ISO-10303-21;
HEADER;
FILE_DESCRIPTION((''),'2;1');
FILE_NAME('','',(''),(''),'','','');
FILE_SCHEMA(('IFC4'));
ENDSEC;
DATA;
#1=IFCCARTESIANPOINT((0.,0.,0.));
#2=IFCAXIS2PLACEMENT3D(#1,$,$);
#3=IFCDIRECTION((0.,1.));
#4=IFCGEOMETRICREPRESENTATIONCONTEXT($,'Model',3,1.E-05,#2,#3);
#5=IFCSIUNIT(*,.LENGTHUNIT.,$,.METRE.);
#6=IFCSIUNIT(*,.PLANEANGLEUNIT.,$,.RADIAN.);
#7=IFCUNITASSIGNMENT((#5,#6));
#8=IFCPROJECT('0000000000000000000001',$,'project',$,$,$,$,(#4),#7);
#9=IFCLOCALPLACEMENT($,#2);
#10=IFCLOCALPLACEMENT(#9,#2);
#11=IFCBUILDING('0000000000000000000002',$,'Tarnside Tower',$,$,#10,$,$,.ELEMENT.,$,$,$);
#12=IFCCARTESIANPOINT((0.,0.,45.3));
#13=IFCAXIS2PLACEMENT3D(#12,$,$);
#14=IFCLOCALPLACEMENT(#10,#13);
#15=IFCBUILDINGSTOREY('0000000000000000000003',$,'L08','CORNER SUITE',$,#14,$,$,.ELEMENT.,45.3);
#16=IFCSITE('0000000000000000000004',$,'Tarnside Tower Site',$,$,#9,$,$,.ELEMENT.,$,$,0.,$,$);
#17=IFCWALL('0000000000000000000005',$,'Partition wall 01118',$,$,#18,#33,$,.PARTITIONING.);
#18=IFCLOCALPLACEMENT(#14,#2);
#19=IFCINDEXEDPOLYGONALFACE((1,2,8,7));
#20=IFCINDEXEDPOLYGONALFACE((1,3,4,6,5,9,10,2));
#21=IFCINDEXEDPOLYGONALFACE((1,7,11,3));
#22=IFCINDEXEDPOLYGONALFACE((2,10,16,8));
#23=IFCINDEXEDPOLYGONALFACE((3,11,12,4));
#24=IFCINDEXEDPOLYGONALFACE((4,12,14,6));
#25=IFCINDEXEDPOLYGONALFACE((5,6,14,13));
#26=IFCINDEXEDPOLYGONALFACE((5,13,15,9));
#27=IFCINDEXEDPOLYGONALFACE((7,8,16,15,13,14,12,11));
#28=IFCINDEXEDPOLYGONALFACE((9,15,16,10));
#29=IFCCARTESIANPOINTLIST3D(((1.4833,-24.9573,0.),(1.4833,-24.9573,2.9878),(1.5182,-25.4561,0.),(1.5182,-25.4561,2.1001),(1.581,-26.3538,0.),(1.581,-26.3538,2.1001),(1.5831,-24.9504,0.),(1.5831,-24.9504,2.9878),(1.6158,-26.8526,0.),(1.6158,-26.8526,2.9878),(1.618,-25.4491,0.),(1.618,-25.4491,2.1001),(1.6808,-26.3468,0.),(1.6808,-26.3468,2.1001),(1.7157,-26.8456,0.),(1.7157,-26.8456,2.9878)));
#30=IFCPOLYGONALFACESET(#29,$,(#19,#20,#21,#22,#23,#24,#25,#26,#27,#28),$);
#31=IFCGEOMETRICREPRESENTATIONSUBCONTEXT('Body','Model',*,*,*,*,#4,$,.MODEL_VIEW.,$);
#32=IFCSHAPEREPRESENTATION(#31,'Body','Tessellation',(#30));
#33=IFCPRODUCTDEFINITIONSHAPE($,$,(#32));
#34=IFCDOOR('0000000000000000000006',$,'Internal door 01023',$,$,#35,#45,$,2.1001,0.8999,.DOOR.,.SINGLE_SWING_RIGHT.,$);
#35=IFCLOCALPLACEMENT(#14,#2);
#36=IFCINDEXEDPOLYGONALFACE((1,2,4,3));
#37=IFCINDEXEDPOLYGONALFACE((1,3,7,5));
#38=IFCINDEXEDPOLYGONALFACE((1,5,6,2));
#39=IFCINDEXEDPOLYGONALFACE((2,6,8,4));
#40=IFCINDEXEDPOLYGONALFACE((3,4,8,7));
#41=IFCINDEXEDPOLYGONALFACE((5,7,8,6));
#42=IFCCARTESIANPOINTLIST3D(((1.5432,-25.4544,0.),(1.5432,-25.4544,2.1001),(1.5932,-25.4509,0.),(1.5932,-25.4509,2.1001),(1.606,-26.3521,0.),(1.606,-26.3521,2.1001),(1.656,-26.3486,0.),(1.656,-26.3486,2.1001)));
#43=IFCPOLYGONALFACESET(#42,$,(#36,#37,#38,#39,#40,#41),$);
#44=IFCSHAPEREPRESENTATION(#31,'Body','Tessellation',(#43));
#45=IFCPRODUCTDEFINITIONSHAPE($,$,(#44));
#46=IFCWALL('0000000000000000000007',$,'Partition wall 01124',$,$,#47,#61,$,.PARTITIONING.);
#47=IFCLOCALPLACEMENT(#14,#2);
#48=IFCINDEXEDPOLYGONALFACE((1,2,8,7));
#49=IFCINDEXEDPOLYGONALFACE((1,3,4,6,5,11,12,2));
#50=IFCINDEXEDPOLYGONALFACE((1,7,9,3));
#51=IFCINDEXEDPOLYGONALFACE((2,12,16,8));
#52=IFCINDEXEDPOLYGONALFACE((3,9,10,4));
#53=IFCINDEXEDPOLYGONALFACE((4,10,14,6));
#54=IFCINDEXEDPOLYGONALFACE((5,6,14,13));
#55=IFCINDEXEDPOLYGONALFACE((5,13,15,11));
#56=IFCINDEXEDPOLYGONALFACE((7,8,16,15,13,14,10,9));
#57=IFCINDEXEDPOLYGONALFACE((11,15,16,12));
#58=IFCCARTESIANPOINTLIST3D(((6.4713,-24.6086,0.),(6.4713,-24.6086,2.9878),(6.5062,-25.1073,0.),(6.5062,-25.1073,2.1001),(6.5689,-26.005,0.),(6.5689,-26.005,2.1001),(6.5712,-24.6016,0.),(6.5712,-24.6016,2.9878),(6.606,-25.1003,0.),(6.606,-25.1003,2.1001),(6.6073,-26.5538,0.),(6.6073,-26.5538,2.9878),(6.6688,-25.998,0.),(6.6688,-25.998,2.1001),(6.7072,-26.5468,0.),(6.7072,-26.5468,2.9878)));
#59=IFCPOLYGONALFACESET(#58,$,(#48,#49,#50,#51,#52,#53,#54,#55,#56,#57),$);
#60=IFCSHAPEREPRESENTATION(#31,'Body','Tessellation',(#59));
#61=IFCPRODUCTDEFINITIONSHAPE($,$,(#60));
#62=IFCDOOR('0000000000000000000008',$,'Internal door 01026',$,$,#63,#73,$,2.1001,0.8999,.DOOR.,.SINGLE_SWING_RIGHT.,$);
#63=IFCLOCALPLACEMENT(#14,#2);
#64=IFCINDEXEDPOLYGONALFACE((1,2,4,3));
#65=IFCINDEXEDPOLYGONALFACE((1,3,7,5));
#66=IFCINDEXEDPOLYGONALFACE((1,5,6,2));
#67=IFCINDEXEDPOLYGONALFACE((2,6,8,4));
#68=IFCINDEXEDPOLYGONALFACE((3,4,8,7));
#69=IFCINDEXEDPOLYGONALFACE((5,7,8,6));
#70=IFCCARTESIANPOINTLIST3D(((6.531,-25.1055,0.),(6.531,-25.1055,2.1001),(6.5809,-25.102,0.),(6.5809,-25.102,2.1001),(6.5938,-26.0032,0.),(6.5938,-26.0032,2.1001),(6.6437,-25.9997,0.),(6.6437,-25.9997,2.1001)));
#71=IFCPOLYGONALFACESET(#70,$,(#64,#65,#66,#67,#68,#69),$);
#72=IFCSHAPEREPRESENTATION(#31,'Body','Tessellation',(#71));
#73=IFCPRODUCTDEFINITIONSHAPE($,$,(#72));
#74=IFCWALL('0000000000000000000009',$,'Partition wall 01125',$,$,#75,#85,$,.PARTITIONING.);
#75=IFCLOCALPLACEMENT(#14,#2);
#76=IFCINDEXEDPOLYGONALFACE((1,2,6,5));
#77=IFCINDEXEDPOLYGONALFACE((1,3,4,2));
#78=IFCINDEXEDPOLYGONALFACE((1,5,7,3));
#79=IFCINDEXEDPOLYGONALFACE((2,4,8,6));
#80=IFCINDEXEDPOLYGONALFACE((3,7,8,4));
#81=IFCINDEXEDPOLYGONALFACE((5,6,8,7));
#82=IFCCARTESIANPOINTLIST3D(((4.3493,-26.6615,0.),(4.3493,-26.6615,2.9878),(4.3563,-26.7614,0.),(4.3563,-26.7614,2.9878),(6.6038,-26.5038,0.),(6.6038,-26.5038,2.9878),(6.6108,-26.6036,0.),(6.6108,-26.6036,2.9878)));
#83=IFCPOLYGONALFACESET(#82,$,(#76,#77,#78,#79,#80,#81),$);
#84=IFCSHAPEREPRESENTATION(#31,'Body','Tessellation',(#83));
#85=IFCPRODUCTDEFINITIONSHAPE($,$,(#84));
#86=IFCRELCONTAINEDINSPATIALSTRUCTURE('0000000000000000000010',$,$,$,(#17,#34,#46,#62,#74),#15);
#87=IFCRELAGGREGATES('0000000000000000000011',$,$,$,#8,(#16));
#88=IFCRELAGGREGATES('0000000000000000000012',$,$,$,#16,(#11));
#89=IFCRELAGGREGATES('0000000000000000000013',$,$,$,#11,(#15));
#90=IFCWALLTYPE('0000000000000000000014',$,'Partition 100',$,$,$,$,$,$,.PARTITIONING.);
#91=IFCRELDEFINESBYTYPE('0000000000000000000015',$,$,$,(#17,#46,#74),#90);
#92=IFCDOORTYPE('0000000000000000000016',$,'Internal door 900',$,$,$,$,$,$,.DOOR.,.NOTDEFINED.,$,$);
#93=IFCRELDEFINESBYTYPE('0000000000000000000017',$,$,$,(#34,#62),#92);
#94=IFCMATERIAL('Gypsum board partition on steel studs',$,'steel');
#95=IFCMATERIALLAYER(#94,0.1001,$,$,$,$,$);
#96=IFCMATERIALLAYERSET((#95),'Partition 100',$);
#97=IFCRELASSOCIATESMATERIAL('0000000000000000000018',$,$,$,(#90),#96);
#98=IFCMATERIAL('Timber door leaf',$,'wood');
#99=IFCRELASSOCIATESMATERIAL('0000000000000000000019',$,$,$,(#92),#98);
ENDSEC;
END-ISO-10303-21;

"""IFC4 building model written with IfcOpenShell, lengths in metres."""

from ifc_helpers import new_model, si_unit, direction, frame, frame_2d, origin, place, context, subcontext, project, spatial, rectangle, extrude, material, layer, layer_set, type_object, element, fill, save


model = new_model("IFC4")

# Units and contexts
model_context = context("Model", 3, precision=1e-05, world=origin(), true_north=direction((0.0, 1.0)))
body_context = subcontext(model_context, "Body", "Model", "MODEL_VIEW")
ifc_project = project(units=[si_unit("LENGTHUNIT", "METRE"), si_unit("PLANEANGLEUNIT", "RADIAN")], contexts=[model_context])

# Site, building, storey
site_placement = place(None, origin())
site = spatial("IfcSite", under=ifc_project, at=site_placement, Name="Tarnside Tower Site", CompositionType="ELEMENT", RefElevation=0.0)
building_placement = place(site_placement, origin())
building = spatial("IfcBuilding", under=site, at=building_placement, Name="Tarnside Tower", CompositionType="ELEMENT")
storey_placement = place(building_placement, frame((0.0, 0.0, 45.3)))
storey = spatial("IfcBuildingStorey", under=building, at=storey_placement, Name="L08", Description="CORNER SUITE", CompositionType="ELEMENT", Elevation=45.3)

# Shared definitions
ifc_material_1 = material(Name="Gypsum board partition on steel studs", Category="steel")
ifc_material_2 = material(Name="Timber door leaf", Category="wood")

# Shared definitions
ifc_layer_1 = layer(ifc_material_1, 0.1001)
ifc_layer_set_1 = layer_set([ifc_layer_1], Name="Partition 100")
wall_type_1 = type_object("IfcWallType", Name="Partition 100", PredefinedType="PARTITIONING", material=ifc_layer_set_1)

# Walls, openings, doors
wall_1_placement = place(storey_placement, frame((1.6658, -26.8491, 0.0), z_axis=(0.0, 0.0, 1.0), x_axis=(-0.069777, 0.997563, 0.0)))
wall_1 = element("IfcWall", 1, at=wall_1_placement, inside=storey, type_object=wall_type_1, Name="Partition wall 01118", PredefinedType="PARTITIONING", context=body_context, shape_type="SweptSolid", body=[
    extrude(rectangle(XDim=1.8999, YDim=0.1001, at=frame_2d((0.95, 0.0))), origin(), (0.0, 0.0, 1.0), 2.9878),
])
opening_1_placement = place(wall_1_placement, frame((0.5, 0.0, 0.0)))
opening_1 = element("IfcOpeningElement", 2, at=opening_1_placement, cuts=wall_1, PredefinedType="OPENING", context=body_context, shape_type="SweptSolid", body=[
    extrude(rectangle(XDim=0.8999, YDim=2.1001, at=frame_2d((0.45, 1.05))), frame((0.0, 0.0601, 0.0), z_axis=(0.0, -1.0, 0.0), x_axis=(1.0, 0.0, 0.0)), (0.0, 0.0, 1.0), 0.1201),
])
door_type_1 = type_object("IfcDoorType", Name="Internal door 900", OperationType="NOTDEFINED", PredefinedType="DOOR", material=ifc_material_2)
door_1_placement = place(opening_1_placement, origin())
door_1 = element("IfcDoor", 3, at=door_1_placement, inside=storey, type_object=door_type_1, Name="Internal door 01023", OperationType="SINGLE_SWING_RIGHT", OverallHeight=2.1001, OverallWidth=0.8999, PredefinedType="DOOR", context=body_context, shape_type="SweptSolid", body=[
    extrude(rectangle(XDim=0.8999, YDim=2.1001, at=frame_2d((0.45, 1.05))), frame((0.0, 0.0249, 0.0), z_axis=(0.0, -1.0, 0.0), x_axis=(1.0, 0.0, 0.0)), (0.0, 0.0, 1.0), 0.05),
])
fill(opening_1, door_1)
wall_2_placement = place(storey_placement, frame((6.5212, -24.605, 0.0), z_axis=(0.0, 0.0, 1.0), x_axis=(0.069734, -0.997566, 0.0)))
wall_2 = element("IfcWall", 4, at=wall_2_placement, inside=storey, type_object=wall_type_1, Name="Partition wall 01124", PredefinedType="PARTITIONING", context=body_context, shape_type="SweptSolid", body=[
    extrude(rectangle(XDim=1.95, YDim=0.1001, at=frame_2d((0.9751, 0.0))), origin(), (0.0, 0.0, 1.0), 2.9878),
])
opening_2_placement = place(wall_2_placement, frame((0.5, 0.0, 0.0)))
opening_2 = element("IfcOpeningElement", 5, at=opening_2_placement, cuts=wall_2, PredefinedType="OPENING", context=body_context, shape_type="SweptSolid", body=[
    extrude(rectangle(XDim=0.8999, YDim=2.1001, at=frame_2d((0.45, 1.05))), frame((0.0, 0.0601, 0.0), z_axis=(0.0, -1.0, 0.0), x_axis=(1.0, 0.0, 0.0)), (0.0, 0.0, 1.0), 0.1201),
])
door_2_placement = place(opening_2_placement, origin())
door_2 = element("IfcDoor", 6, at=door_2_placement, inside=storey, type_object=door_type_1, Name="Internal door 01026", OperationType="SINGLE_SWING_RIGHT", OverallHeight=2.1001, OverallWidth=0.8999, PredefinedType="DOOR", context=body_context, shape_type="SweptSolid", body=[
    extrude(rectangle(XDim=0.8999, YDim=2.1001, at=frame_2d((0.45, 1.05))), frame((0.0, 0.0249, 0.0), z_axis=(0.0, -1.0, 0.0), x_axis=(1.0, 0.0, 0.0)), (0.0, 0.0, 1.0), 0.05),
])
fill(opening_2, door_2)

# Wall
wall_3_placement = place(storey_placement, frame((6.6072, -26.5537, 0.0), z_axis=(0.0, 0.0, 1.0), x_axis=(-0.997562, -0.069788, 0.0)))
element("IfcWall", 7, at=wall_3_placement, inside=storey, type_object=wall_type_1, Name="Partition wall 01125", PredefinedType="PARTITIONING", context=body_context, shape_type="SweptSolid", body=[
    extrude(rectangle(XDim=2.26, YDim=0.1001, at=frame_2d((1.1299, 0.0))), origin(), (0.0, 0.0, 1.0), 2.9878),
])

save(model, "model.ifc")
